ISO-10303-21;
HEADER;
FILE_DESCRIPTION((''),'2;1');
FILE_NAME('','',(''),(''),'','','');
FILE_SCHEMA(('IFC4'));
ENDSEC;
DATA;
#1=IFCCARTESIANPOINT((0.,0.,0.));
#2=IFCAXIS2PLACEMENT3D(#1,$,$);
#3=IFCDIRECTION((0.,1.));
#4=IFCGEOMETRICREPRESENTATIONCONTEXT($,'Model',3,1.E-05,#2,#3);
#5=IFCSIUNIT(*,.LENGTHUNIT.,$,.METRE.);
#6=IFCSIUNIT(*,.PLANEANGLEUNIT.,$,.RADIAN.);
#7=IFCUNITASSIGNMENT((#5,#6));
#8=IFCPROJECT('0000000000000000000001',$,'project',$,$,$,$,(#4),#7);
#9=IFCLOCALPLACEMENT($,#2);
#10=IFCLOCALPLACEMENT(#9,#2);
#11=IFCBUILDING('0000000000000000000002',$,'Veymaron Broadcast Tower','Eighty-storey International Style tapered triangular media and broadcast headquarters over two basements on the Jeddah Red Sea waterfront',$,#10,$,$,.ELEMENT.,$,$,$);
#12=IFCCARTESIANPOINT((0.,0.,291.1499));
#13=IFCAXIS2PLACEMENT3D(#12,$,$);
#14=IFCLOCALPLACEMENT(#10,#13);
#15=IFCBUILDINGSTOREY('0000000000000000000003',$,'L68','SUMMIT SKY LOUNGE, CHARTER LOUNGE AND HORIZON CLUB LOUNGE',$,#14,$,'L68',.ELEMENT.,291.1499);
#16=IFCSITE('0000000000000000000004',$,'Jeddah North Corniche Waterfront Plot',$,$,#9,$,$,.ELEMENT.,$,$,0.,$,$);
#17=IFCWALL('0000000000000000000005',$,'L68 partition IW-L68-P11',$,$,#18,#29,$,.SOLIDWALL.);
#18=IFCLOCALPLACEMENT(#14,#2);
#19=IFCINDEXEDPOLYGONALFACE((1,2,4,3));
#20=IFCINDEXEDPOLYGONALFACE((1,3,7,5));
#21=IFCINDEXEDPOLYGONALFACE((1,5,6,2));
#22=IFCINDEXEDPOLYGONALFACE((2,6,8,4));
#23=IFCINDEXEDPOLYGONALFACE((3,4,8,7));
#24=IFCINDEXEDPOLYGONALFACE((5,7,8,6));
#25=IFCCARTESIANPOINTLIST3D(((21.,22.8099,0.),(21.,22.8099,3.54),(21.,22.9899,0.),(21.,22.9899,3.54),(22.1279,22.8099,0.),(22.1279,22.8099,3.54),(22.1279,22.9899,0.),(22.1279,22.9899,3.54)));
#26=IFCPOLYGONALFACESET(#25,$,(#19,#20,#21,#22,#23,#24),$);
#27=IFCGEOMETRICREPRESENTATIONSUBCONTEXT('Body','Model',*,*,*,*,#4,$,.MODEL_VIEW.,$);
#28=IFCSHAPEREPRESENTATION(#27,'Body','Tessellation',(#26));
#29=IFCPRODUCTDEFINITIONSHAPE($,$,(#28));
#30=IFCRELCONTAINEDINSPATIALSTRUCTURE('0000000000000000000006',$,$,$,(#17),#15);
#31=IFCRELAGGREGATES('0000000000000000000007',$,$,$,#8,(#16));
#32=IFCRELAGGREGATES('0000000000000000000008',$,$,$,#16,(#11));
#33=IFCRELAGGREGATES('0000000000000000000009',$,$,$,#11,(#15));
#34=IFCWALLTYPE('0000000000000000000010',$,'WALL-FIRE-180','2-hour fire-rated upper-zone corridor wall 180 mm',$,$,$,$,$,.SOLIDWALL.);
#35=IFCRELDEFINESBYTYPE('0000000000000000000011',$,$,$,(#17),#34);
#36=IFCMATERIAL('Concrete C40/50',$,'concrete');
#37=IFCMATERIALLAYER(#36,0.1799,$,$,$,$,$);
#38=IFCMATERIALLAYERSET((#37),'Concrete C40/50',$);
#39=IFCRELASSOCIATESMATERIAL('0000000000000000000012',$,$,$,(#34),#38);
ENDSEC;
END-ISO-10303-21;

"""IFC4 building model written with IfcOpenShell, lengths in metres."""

from ifc_helpers import new_model, si_unit, direction, frame, frame_2d, origin, place, context, subcontext, project, spatial, rectangle, extrude, material, layer, layer_set, type_object, element, save


model = new_model("IFC4")

# Units and contexts
model_context = context("Model", 3, precision=1e-05, world=origin(), true_north=direction((0.0, 1.0)))
body_context = subcontext(model_context, "Body", "Model", "MODEL_VIEW")
ifc_project = project(units=[si_unit("LENGTHUNIT", "METRE"), si_unit("PLANEANGLEUNIT", "RADIAN")], contexts=[model_context])

# Site, building, storey
site_placement = place(None, origin())
site = spatial("IfcSite", under=ifc_project, at=site_placement, Name="Jeddah North Corniche Waterfront Plot", CompositionType="ELEMENT", RefElevation=0.0)
building_placement = place(site_placement, origin())
building = spatial("IfcBuilding", under=site, at=building_placement, Name="Veymaron Broadcast Tower", Description="Eighty-storey International Style tapered triangular media and broadcast headquarters over two basements on the Jeddah Red Sea waterfront", CompositionType="ELEMENT")
storey_placement = place(building_placement, frame((0.0, 0.0, 291.1499)))
storey = spatial("IfcBuildingStorey", under=building, at=storey_placement, Name="L68", Description="SUMMIT SKY LOUNGE, CHARTER LOUNGE AND HORIZON CLUB LOUNGE", LongName="L68", CompositionType="ELEMENT", Elevation=291.1499)

# Shared definitions
ifc_material_1 = material(Name="Concrete C40/50", Category="concrete")

# Shared definitions
ifc_layer_1 = layer(ifc_material_1, 0.1799)
ifc_layer_set_1 = layer_set([ifc_layer_1], Name="Concrete C40/50")
wall_type_1 = type_object("IfcWallType", Name="WALL-FIRE-180", Description="2-hour fire-rated upper-zone corridor wall 180 mm", PredefinedType="SOLIDWALL", material=ifc_layer_set_1)

# Wall
wall_1_placement = place(storey_placement, frame((21.0, 22.8999, 0.0), z_axis=(0.0, 0.0, 1.0), x_axis=(1.0, 0.0, 0.0)))
element("IfcWall", 1, at=wall_1_placement, inside=storey, type_object=wall_type_1, Name="L68 partition IW-L68-P11", PredefinedType="SOLIDWALL", context=body_context, shape_type="SweptSolid", body=[
    extrude(rectangle(XDim=1.1279, YDim=0.1799, at=frame_2d((0.564, 0.0))), origin(), (0.0, 0.0, 1.0), 3.54),
])

save(model, "model.ifc")
